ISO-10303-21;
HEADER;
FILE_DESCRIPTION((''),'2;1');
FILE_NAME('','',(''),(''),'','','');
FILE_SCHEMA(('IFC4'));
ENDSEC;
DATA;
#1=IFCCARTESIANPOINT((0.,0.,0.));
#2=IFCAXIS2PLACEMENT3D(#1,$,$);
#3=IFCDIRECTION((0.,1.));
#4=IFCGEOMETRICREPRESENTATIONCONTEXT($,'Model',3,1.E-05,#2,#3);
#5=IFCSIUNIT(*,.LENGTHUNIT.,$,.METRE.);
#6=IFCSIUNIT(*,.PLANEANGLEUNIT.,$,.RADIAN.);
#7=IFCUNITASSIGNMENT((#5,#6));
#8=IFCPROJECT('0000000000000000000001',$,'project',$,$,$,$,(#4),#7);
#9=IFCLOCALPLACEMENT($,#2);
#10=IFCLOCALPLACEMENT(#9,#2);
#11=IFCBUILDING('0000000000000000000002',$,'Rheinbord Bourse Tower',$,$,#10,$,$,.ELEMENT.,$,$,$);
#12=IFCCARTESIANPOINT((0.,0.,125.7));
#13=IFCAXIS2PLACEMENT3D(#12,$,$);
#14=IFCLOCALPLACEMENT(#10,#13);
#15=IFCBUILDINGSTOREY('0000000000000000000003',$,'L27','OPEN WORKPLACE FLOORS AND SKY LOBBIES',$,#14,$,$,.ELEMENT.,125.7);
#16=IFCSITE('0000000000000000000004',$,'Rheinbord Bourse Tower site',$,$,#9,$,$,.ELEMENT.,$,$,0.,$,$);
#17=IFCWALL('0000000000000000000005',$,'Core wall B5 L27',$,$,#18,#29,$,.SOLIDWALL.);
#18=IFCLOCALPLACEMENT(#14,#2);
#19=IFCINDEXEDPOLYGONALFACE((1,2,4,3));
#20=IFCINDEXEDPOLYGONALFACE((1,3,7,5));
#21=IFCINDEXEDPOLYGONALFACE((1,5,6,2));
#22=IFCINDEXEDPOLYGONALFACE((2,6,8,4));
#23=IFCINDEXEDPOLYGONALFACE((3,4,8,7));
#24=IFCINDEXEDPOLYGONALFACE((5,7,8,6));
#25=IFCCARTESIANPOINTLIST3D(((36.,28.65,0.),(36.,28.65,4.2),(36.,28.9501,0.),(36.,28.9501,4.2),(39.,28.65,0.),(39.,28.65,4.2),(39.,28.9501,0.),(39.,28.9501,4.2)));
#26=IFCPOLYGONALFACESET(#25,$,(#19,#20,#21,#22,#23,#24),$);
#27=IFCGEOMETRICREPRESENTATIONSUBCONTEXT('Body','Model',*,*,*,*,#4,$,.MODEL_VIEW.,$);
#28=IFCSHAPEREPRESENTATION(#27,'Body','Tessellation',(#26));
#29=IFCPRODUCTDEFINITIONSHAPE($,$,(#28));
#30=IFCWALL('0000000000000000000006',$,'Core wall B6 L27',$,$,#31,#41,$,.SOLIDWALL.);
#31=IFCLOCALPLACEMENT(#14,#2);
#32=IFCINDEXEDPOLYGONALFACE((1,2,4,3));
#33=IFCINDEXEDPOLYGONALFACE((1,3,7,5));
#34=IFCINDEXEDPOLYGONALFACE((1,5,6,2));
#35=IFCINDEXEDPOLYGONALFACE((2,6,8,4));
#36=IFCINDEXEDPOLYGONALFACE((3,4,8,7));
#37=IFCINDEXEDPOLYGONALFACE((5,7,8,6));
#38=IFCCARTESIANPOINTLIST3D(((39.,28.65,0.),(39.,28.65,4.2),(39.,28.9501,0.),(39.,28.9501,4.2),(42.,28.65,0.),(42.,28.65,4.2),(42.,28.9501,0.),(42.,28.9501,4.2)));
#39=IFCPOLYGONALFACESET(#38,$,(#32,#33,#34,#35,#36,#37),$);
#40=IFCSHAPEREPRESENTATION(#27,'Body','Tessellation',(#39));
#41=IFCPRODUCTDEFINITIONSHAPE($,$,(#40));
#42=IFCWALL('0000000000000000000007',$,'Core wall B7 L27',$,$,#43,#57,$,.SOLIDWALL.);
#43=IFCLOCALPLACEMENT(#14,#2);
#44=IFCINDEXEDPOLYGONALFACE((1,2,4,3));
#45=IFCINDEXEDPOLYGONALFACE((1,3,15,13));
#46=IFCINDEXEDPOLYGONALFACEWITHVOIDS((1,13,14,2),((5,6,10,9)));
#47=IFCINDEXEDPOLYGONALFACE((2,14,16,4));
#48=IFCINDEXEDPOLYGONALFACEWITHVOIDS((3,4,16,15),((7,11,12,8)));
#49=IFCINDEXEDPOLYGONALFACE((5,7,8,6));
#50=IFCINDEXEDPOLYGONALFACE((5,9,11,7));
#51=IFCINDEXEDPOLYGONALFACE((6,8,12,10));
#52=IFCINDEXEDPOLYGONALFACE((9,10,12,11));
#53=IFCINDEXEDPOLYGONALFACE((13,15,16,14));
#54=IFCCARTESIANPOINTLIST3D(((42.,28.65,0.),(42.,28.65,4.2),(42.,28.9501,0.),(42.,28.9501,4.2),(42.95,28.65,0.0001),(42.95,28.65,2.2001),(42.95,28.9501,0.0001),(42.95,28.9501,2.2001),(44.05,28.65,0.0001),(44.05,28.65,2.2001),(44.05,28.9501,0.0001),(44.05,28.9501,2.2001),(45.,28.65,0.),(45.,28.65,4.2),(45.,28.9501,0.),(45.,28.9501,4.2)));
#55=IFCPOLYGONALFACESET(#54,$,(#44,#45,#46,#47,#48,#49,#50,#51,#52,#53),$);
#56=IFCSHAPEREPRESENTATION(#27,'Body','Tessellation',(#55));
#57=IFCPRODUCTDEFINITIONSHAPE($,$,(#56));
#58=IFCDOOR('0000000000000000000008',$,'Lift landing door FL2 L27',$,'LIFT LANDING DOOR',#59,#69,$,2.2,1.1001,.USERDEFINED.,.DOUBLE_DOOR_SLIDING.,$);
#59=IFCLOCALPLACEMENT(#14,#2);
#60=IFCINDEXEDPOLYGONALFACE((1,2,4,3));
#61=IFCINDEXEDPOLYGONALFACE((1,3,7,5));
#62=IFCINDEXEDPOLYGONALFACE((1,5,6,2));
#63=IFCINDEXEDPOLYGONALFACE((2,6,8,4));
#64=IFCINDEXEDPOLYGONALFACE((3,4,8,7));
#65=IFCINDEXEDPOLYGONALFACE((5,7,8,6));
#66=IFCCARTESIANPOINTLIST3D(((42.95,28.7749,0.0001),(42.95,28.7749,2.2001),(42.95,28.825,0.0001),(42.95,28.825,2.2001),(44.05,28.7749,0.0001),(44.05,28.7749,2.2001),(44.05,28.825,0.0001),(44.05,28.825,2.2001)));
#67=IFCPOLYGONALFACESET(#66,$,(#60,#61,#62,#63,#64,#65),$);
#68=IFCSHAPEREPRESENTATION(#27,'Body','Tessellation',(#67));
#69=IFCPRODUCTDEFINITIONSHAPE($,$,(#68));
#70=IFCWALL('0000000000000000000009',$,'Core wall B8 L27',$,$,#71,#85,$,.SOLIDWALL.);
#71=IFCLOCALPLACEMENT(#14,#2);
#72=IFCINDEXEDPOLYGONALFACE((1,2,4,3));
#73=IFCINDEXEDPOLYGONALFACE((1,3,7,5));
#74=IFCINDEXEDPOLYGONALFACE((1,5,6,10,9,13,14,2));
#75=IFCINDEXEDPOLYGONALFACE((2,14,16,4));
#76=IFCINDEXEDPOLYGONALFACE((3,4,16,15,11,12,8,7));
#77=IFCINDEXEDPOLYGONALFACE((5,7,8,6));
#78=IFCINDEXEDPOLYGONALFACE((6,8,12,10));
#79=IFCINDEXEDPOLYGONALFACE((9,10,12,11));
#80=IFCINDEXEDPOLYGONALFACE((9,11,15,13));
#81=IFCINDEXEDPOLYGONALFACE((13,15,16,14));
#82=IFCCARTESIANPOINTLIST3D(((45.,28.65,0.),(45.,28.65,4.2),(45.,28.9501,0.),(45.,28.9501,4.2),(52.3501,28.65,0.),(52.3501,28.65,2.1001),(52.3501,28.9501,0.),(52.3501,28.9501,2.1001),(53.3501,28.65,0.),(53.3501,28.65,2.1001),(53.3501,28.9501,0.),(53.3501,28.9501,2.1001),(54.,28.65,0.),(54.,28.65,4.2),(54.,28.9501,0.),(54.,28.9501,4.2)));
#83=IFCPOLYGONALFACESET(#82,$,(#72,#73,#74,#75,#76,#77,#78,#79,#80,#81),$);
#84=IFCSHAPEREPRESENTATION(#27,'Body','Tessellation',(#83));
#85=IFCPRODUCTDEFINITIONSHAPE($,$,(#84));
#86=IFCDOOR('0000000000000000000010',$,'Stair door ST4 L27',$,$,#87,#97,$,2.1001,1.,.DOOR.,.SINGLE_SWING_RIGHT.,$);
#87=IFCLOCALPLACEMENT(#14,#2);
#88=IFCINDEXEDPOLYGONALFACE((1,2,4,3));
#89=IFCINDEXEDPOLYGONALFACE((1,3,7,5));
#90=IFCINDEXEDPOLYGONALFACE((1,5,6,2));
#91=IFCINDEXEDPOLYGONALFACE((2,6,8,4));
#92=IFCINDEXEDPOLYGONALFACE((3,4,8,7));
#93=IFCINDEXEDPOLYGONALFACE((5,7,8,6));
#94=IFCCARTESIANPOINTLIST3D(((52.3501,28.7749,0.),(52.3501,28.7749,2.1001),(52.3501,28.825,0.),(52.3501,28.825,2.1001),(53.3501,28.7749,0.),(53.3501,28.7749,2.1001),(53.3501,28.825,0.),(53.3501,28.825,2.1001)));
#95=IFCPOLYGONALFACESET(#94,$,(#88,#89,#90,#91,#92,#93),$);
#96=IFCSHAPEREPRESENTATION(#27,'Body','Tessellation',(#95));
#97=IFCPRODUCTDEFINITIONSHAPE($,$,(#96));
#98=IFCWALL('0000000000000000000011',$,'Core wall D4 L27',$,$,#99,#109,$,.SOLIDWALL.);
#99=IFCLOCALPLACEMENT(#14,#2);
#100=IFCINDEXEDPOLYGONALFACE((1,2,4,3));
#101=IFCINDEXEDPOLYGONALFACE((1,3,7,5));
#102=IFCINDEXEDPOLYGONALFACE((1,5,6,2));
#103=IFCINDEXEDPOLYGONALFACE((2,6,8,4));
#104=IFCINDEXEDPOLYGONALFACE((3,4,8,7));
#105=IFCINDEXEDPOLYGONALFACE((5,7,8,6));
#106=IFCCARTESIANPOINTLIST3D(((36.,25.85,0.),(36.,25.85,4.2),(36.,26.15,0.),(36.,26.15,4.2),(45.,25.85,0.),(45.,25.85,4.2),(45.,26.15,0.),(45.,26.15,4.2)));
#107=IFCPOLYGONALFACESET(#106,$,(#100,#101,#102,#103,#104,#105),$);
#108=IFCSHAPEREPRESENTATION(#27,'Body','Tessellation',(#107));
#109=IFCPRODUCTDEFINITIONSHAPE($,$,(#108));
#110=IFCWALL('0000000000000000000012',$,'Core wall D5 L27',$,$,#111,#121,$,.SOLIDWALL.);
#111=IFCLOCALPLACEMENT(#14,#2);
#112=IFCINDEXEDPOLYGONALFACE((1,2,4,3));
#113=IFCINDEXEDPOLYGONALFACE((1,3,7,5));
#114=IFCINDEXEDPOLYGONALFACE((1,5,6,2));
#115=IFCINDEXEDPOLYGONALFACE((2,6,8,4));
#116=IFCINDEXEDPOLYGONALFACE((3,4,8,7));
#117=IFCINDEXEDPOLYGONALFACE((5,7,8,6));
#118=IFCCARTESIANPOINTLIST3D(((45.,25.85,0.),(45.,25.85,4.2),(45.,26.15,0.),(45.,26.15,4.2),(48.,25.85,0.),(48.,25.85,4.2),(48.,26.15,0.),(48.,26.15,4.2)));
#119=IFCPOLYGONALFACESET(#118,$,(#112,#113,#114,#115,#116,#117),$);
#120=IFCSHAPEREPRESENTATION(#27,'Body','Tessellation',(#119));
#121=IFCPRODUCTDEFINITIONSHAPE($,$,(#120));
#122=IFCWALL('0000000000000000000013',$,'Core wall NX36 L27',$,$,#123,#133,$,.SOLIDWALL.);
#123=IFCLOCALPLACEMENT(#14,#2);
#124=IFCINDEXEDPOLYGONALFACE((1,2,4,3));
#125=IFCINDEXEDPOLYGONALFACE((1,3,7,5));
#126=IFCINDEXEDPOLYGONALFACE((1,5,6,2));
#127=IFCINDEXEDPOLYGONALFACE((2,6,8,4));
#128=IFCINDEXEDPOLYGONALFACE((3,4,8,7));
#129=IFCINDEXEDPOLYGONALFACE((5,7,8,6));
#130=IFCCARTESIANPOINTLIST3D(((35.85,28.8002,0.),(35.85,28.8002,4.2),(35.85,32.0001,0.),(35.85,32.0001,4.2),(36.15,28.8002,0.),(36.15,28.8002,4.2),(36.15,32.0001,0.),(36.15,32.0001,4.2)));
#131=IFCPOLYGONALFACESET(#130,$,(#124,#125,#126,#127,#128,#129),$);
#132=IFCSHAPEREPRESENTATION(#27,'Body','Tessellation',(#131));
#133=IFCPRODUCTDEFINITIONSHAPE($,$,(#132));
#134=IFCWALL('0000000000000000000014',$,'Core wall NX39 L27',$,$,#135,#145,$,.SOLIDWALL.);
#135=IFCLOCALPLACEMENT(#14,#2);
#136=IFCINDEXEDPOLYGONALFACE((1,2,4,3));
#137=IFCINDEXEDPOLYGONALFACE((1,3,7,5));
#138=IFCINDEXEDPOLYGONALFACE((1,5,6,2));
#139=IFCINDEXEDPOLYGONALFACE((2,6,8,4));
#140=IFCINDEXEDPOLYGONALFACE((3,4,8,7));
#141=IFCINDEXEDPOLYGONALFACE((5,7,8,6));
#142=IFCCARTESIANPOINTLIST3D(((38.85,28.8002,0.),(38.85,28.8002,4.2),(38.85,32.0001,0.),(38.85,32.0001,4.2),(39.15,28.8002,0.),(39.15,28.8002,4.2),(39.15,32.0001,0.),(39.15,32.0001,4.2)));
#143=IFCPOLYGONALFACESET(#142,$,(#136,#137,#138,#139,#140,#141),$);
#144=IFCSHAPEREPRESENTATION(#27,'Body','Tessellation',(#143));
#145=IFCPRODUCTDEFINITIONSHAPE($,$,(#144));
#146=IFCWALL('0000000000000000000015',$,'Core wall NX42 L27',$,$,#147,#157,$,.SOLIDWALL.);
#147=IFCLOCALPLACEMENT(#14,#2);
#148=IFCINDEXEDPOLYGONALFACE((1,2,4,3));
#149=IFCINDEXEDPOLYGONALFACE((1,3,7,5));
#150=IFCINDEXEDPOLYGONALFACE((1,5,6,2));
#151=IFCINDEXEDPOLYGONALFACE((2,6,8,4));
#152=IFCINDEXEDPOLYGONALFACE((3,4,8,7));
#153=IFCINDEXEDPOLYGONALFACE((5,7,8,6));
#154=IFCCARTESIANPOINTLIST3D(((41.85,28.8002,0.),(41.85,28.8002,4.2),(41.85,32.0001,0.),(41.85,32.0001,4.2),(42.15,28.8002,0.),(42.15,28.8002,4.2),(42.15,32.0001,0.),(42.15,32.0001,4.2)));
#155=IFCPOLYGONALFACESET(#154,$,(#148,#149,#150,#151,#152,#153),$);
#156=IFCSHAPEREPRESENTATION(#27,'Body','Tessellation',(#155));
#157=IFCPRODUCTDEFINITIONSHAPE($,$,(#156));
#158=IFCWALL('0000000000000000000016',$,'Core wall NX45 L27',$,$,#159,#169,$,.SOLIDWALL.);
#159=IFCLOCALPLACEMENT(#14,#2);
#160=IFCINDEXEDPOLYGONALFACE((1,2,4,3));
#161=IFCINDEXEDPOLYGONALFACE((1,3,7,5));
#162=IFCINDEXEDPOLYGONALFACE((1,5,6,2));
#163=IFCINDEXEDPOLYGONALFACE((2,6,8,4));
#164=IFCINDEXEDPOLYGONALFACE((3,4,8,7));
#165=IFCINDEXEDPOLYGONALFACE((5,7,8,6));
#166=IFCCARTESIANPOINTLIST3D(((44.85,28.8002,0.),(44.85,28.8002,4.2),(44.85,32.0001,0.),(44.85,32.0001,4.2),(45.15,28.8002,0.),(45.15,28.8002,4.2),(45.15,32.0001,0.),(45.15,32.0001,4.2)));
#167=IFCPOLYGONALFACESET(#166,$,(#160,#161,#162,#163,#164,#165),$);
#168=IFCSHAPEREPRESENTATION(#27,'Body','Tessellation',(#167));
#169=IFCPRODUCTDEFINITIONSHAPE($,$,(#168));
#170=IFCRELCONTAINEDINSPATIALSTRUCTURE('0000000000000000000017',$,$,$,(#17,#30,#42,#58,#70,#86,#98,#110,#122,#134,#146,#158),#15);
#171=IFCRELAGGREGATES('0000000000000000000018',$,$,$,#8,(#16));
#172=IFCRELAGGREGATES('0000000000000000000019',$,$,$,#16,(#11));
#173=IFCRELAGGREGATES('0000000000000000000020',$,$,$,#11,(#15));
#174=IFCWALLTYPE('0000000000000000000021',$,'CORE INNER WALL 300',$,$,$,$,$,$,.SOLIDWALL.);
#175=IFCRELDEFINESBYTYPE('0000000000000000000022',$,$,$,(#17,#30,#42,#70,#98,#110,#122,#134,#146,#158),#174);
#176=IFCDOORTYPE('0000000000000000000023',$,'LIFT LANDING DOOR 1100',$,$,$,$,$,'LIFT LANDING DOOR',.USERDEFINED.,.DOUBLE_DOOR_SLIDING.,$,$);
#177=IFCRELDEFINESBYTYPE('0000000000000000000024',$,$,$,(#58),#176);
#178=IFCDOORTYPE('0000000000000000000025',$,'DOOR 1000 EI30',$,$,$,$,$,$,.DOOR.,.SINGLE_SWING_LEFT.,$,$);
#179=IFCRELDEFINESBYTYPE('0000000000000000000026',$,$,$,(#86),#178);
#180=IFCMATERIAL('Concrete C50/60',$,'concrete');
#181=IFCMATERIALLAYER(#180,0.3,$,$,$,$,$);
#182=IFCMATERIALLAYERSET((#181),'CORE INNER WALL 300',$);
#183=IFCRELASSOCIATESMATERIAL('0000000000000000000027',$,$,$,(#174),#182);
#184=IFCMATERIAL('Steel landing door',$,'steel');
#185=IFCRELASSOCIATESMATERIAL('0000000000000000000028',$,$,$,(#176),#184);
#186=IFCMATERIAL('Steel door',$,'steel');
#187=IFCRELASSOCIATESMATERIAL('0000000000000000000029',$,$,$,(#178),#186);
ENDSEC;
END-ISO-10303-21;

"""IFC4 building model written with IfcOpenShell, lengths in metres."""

from ifc_helpers import new_model, si_unit, direction, frame, frame_2d, origin, place, context, subcontext, project, spatial, rectangle, extrude, material, layer, layer_set, type_object, element, fill, save


model = new_model("IFC4")

# Units and contexts
model_context = context("Model", 3, precision=1e-05, world=origin(), true_north=direction((0.0, 1.0)))
body_context = subcontext(model_context, "Body", "Model", "MODEL_VIEW")
ifc_project = project(units=[si_unit("LENGTHUNIT", "METRE"), si_unit("PLANEANGLEUNIT", "RADIAN")], contexts=[model_context])

# Site, building, storey
site_placement = place(None, origin())
site = spatial("IfcSite", under=ifc_project, at=site_placement, Name="Rheinbord Bourse Tower site", CompositionType="ELEMENT", RefElevation=0.0)
building_placement = place(site_placement, origin())
building = spatial("IfcBuilding", under=site, at=building_placement, Name="Rheinbord Bourse Tower", CompositionType="ELEMENT")
storey_placement = place(building_placement, frame((0.0, 0.0, 125.7)))
storey = spatial("IfcBuildingStorey", under=building, at=storey_placement, Name="L27", Description="OPEN WORKPLACE FLOORS AND SKY LOBBIES", CompositionType="ELEMENT", Elevation=125.7)

# Walls
ifc_material_1 = material(Name="Concrete C50/60", Category="concrete")
ifc_layer_1 = layer(ifc_material_1, 0.3)
ifc_layer_set_1 = layer_set([ifc_layer_1], Name="CORE INNER WALL 300")
wall_type_1 = type_object("IfcWallType", Name="CORE INNER WALL 300", PredefinedType="SOLIDWALL", material=ifc_layer_set_1)
for number, where, z_axis, x_axis, name in (
    (1, (36.0, 28.8, 0.0), (0.0, 0.0, 1.0), (1.0, 0.0, 0.0), "Core wall B5 L27"),
    (2, (39.0, 28.8, 0.0), (0.0, 0.0, 1.0), (1.0, 0.0, 0.0), "Core wall B6 L27"),
):
    element("IfcWall", number, at=place(storey_placement, frame(where, z_axis=z_axis, x_axis=x_axis)), inside=storey, type_object=wall_type_1, Name=name, PredefinedType="SOLIDWALL", context=body_context, shape_type="SweptSolid", body=[
        extrude(rectangle(XDim=3.0, YDim=0.3, at=frame_2d((1.5, 0.0))), origin(), (0.0, 0.0, 1.0), 4.2),
    ])

# Walls, openings, doors
wall_1_placement = place(storey_placement, frame((42.0, 28.8, 0.0), z_axis=(0.0, 0.0, 1.0), x_axis=(1.0, 0.0, 0.0)))
wall_1 = element("IfcWall", 3, at=wall_1_placement, inside=storey, type_object=wall_type_1, Name="Core wall B7 L27", PredefinedType="SOLIDWALL", context=body_context, shape_type="SweptSolid", body=[
    extrude(rectangle(XDim=3.0, YDim=0.3, at=frame_2d((1.5, 0.0))), origin(), (0.0, 0.0, 1.0), 4.2),
])
opening_1_placement = place(wall_1_placement, frame((0.95, 0.0, 0.0)))
opening_1 = element("IfcOpeningElement", 4, at=opening_1_placement, cuts=wall_1, PredefinedType="OPENING", context=body_context, shape_type="SweptSolid", body=[
    extrude(rectangle(XDim=1.1001, YDim=2.2, at=frame_2d((0.55, 1.1001))), frame((0.0, 0.1599, 0.0), z_axis=(0.0, -1.0, 0.0), x_axis=(1.0, 0.0, 0.0)), (0.0, 0.0, 1.0), 0.3201),
])
ifc_material_2 = material(Name="Steel landing door", Category="steel")
door_type_1 = type_object("IfcDoorType", Name="LIFT LANDING DOOR 1100", ElementType="LIFT LANDING DOOR", OperationType="DOUBLE_DOOR_SLIDING", PredefinedType="USERDEFINED", material=ifc_material_2)
door_1_placement = place(opening_1_placement, origin())
door_1 = element("IfcDoor", 5, at=door_1_placement, inside=storey, type_object=door_type_1, Name="Lift landing door FL2 L27", ObjectType="LIFT LANDING DOOR", OperationType="DOUBLE_DOOR_SLIDING", OverallHeight=2.2, OverallWidth=1.1001, PredefinedType="USERDEFINED", context=body_context, shape_type="SweptSolid", body=[
    extrude(rectangle(XDim=1.1001, YDim=2.2, at=frame_2d((0.55, 1.1001))), frame((0.0, 0.0249, 0.0), z_axis=(0.0, -1.0, 0.0), x_axis=(1.0, 0.0, 0.0)), (0.0, 0.0, 1.0), 0.05),
])
fill(opening_1, door_1)
wall_2_placement = place(storey_placement, frame((45.0, 28.8, 0.0), z_axis=(0.0, 0.0, 1.0), x_axis=(1.0, 0.0, 0.0)))
wall_2 = element("IfcWall", 6, at=wall_2_placement, inside=storey, type_object=wall_type_1, Name="Core wall B8 L27", PredefinedType="SOLIDWALL", context=body_context, shape_type="SweptSolid", body=[
    extrude(rectangle(XDim=9.0, YDim=0.3, at=frame_2d((4.5, 0.0))), origin(), (0.0, 0.0, 1.0), 4.2),
])
opening_2_placement = place(wall_2_placement, frame((7.3501, 0.0, 0.0)))
opening_2 = element("IfcOpeningElement", 7, at=opening_2_placement, cuts=wall_2, PredefinedType="OPENING", context=body_context, shape_type="SweptSolid", body=[
    extrude(rectangle(XDim=1.0, YDim=2.1001, at=frame_2d((0.5, 1.05))), frame((0.0, 0.1599, 0.0), z_axis=(0.0, -1.0, 0.0), x_axis=(1.0, 0.0, 0.0)), (0.0, 0.0, 1.0), 0.3201),
])
ifc_material_3 = material(Name="Steel door", Category="steel")
door_type_2 = type_object("IfcDoorType", Name="DOOR 1000 EI30", OperationType="SINGLE_SWING_LEFT", PredefinedType="DOOR", material=ifc_material_3)
door_2_placement = place(opening_2_placement, origin())
door_2 = element("IfcDoor", 8, at=door_2_placement, inside=storey, type_object=door_type_2, Name="Stair door ST4 L27", OperationType="SINGLE_SWING_RIGHT", OverallHeight=2.1001, OverallWidth=1.0, PredefinedType="DOOR", context=body_context, shape_type="SweptSolid", body=[
    extrude(rectangle(XDim=1.0, YDim=2.1001, at=frame_2d((0.5, 1.05))), frame((0.0, 0.0249, 0.0), z_axis=(0.0, -1.0, 0.0), x_axis=(1.0, 0.0, 0.0)), (0.0, 0.0, 1.0), 0.05),
])
fill(opening_2, door_2)

# Walls
wall_3_placement = place(storey_placement, frame((36.0, 26.0, 0.0), z_axis=(0.0, 0.0, 1.0), x_axis=(1.0, 0.0, 0.0)))
element("IfcWall", 9, at=wall_3_placement, inside=storey, type_object=wall_type_1, Name="Core wall D4 L27", PredefinedType="SOLIDWALL", context=body_context, shape_type="SweptSolid", body=[
    extrude(rectangle(XDim=9.0, YDim=0.3, at=frame_2d((4.5, 0.0))), origin(), (0.0, 0.0, 1.0), 4.2),
])
wall_4_placement = place(storey_placement, frame((45.0, 26.0, 0.0), z_axis=(0.0, 0.0, 1.0), x_axis=(1.0, 0.0, 0.0)))
element("IfcWall", 10, at=wall_4_placement, inside=storey, type_object=wall_type_1, Name="Core wall D5 L27", PredefinedType="SOLIDWALL", context=body_context, shape_type="SweptSolid", body=[
    extrude(rectangle(XDim=3.0, YDim=0.3, at=frame_2d((1.5, 0.0))), origin(), (0.0, 0.0, 1.0), 4.2),
])
for number, where, z_axis, x_axis, name in (
    (11, (36.0, 28.8, 0.0), (0.0, 0.0, 1.0), (0.0, 1.0, 0.0), "Core wall NX36 L27"),
    (12, (39.0, 28.8, 0.0), (0.0, 0.0, 1.0), (0.0, 1.0, 0.0), "Core wall NX39 L27"),
    (13, (42.0, 28.8, 0.0), (0.0, 0.0, 1.0), (0.0, 1.0, 0.0), "Core wall NX42 L27"),
    (14, (45.0, 28.8, 0.0), (0.0, 0.0, 1.0), (0.0, 1.0, 0.0), "Core wall NX45 L27"),
):
    element("IfcWall", number, at=place(storey_placement, frame(where, z_axis=z_axis, x_axis=x_axis)), inside=storey, type_object=wall_type_1, Name=name, PredefinedType="SOLIDWALL", context=body_context, shape_type="SweptSolid", body=[
        extrude(rectangle(XDim=3.2, YDim=0.3, at=frame_2d((1.6001, 0.0))), origin(), (0.0, 0.0, 1.0), 4.2),
    ])

save(model, "model.ifc")
